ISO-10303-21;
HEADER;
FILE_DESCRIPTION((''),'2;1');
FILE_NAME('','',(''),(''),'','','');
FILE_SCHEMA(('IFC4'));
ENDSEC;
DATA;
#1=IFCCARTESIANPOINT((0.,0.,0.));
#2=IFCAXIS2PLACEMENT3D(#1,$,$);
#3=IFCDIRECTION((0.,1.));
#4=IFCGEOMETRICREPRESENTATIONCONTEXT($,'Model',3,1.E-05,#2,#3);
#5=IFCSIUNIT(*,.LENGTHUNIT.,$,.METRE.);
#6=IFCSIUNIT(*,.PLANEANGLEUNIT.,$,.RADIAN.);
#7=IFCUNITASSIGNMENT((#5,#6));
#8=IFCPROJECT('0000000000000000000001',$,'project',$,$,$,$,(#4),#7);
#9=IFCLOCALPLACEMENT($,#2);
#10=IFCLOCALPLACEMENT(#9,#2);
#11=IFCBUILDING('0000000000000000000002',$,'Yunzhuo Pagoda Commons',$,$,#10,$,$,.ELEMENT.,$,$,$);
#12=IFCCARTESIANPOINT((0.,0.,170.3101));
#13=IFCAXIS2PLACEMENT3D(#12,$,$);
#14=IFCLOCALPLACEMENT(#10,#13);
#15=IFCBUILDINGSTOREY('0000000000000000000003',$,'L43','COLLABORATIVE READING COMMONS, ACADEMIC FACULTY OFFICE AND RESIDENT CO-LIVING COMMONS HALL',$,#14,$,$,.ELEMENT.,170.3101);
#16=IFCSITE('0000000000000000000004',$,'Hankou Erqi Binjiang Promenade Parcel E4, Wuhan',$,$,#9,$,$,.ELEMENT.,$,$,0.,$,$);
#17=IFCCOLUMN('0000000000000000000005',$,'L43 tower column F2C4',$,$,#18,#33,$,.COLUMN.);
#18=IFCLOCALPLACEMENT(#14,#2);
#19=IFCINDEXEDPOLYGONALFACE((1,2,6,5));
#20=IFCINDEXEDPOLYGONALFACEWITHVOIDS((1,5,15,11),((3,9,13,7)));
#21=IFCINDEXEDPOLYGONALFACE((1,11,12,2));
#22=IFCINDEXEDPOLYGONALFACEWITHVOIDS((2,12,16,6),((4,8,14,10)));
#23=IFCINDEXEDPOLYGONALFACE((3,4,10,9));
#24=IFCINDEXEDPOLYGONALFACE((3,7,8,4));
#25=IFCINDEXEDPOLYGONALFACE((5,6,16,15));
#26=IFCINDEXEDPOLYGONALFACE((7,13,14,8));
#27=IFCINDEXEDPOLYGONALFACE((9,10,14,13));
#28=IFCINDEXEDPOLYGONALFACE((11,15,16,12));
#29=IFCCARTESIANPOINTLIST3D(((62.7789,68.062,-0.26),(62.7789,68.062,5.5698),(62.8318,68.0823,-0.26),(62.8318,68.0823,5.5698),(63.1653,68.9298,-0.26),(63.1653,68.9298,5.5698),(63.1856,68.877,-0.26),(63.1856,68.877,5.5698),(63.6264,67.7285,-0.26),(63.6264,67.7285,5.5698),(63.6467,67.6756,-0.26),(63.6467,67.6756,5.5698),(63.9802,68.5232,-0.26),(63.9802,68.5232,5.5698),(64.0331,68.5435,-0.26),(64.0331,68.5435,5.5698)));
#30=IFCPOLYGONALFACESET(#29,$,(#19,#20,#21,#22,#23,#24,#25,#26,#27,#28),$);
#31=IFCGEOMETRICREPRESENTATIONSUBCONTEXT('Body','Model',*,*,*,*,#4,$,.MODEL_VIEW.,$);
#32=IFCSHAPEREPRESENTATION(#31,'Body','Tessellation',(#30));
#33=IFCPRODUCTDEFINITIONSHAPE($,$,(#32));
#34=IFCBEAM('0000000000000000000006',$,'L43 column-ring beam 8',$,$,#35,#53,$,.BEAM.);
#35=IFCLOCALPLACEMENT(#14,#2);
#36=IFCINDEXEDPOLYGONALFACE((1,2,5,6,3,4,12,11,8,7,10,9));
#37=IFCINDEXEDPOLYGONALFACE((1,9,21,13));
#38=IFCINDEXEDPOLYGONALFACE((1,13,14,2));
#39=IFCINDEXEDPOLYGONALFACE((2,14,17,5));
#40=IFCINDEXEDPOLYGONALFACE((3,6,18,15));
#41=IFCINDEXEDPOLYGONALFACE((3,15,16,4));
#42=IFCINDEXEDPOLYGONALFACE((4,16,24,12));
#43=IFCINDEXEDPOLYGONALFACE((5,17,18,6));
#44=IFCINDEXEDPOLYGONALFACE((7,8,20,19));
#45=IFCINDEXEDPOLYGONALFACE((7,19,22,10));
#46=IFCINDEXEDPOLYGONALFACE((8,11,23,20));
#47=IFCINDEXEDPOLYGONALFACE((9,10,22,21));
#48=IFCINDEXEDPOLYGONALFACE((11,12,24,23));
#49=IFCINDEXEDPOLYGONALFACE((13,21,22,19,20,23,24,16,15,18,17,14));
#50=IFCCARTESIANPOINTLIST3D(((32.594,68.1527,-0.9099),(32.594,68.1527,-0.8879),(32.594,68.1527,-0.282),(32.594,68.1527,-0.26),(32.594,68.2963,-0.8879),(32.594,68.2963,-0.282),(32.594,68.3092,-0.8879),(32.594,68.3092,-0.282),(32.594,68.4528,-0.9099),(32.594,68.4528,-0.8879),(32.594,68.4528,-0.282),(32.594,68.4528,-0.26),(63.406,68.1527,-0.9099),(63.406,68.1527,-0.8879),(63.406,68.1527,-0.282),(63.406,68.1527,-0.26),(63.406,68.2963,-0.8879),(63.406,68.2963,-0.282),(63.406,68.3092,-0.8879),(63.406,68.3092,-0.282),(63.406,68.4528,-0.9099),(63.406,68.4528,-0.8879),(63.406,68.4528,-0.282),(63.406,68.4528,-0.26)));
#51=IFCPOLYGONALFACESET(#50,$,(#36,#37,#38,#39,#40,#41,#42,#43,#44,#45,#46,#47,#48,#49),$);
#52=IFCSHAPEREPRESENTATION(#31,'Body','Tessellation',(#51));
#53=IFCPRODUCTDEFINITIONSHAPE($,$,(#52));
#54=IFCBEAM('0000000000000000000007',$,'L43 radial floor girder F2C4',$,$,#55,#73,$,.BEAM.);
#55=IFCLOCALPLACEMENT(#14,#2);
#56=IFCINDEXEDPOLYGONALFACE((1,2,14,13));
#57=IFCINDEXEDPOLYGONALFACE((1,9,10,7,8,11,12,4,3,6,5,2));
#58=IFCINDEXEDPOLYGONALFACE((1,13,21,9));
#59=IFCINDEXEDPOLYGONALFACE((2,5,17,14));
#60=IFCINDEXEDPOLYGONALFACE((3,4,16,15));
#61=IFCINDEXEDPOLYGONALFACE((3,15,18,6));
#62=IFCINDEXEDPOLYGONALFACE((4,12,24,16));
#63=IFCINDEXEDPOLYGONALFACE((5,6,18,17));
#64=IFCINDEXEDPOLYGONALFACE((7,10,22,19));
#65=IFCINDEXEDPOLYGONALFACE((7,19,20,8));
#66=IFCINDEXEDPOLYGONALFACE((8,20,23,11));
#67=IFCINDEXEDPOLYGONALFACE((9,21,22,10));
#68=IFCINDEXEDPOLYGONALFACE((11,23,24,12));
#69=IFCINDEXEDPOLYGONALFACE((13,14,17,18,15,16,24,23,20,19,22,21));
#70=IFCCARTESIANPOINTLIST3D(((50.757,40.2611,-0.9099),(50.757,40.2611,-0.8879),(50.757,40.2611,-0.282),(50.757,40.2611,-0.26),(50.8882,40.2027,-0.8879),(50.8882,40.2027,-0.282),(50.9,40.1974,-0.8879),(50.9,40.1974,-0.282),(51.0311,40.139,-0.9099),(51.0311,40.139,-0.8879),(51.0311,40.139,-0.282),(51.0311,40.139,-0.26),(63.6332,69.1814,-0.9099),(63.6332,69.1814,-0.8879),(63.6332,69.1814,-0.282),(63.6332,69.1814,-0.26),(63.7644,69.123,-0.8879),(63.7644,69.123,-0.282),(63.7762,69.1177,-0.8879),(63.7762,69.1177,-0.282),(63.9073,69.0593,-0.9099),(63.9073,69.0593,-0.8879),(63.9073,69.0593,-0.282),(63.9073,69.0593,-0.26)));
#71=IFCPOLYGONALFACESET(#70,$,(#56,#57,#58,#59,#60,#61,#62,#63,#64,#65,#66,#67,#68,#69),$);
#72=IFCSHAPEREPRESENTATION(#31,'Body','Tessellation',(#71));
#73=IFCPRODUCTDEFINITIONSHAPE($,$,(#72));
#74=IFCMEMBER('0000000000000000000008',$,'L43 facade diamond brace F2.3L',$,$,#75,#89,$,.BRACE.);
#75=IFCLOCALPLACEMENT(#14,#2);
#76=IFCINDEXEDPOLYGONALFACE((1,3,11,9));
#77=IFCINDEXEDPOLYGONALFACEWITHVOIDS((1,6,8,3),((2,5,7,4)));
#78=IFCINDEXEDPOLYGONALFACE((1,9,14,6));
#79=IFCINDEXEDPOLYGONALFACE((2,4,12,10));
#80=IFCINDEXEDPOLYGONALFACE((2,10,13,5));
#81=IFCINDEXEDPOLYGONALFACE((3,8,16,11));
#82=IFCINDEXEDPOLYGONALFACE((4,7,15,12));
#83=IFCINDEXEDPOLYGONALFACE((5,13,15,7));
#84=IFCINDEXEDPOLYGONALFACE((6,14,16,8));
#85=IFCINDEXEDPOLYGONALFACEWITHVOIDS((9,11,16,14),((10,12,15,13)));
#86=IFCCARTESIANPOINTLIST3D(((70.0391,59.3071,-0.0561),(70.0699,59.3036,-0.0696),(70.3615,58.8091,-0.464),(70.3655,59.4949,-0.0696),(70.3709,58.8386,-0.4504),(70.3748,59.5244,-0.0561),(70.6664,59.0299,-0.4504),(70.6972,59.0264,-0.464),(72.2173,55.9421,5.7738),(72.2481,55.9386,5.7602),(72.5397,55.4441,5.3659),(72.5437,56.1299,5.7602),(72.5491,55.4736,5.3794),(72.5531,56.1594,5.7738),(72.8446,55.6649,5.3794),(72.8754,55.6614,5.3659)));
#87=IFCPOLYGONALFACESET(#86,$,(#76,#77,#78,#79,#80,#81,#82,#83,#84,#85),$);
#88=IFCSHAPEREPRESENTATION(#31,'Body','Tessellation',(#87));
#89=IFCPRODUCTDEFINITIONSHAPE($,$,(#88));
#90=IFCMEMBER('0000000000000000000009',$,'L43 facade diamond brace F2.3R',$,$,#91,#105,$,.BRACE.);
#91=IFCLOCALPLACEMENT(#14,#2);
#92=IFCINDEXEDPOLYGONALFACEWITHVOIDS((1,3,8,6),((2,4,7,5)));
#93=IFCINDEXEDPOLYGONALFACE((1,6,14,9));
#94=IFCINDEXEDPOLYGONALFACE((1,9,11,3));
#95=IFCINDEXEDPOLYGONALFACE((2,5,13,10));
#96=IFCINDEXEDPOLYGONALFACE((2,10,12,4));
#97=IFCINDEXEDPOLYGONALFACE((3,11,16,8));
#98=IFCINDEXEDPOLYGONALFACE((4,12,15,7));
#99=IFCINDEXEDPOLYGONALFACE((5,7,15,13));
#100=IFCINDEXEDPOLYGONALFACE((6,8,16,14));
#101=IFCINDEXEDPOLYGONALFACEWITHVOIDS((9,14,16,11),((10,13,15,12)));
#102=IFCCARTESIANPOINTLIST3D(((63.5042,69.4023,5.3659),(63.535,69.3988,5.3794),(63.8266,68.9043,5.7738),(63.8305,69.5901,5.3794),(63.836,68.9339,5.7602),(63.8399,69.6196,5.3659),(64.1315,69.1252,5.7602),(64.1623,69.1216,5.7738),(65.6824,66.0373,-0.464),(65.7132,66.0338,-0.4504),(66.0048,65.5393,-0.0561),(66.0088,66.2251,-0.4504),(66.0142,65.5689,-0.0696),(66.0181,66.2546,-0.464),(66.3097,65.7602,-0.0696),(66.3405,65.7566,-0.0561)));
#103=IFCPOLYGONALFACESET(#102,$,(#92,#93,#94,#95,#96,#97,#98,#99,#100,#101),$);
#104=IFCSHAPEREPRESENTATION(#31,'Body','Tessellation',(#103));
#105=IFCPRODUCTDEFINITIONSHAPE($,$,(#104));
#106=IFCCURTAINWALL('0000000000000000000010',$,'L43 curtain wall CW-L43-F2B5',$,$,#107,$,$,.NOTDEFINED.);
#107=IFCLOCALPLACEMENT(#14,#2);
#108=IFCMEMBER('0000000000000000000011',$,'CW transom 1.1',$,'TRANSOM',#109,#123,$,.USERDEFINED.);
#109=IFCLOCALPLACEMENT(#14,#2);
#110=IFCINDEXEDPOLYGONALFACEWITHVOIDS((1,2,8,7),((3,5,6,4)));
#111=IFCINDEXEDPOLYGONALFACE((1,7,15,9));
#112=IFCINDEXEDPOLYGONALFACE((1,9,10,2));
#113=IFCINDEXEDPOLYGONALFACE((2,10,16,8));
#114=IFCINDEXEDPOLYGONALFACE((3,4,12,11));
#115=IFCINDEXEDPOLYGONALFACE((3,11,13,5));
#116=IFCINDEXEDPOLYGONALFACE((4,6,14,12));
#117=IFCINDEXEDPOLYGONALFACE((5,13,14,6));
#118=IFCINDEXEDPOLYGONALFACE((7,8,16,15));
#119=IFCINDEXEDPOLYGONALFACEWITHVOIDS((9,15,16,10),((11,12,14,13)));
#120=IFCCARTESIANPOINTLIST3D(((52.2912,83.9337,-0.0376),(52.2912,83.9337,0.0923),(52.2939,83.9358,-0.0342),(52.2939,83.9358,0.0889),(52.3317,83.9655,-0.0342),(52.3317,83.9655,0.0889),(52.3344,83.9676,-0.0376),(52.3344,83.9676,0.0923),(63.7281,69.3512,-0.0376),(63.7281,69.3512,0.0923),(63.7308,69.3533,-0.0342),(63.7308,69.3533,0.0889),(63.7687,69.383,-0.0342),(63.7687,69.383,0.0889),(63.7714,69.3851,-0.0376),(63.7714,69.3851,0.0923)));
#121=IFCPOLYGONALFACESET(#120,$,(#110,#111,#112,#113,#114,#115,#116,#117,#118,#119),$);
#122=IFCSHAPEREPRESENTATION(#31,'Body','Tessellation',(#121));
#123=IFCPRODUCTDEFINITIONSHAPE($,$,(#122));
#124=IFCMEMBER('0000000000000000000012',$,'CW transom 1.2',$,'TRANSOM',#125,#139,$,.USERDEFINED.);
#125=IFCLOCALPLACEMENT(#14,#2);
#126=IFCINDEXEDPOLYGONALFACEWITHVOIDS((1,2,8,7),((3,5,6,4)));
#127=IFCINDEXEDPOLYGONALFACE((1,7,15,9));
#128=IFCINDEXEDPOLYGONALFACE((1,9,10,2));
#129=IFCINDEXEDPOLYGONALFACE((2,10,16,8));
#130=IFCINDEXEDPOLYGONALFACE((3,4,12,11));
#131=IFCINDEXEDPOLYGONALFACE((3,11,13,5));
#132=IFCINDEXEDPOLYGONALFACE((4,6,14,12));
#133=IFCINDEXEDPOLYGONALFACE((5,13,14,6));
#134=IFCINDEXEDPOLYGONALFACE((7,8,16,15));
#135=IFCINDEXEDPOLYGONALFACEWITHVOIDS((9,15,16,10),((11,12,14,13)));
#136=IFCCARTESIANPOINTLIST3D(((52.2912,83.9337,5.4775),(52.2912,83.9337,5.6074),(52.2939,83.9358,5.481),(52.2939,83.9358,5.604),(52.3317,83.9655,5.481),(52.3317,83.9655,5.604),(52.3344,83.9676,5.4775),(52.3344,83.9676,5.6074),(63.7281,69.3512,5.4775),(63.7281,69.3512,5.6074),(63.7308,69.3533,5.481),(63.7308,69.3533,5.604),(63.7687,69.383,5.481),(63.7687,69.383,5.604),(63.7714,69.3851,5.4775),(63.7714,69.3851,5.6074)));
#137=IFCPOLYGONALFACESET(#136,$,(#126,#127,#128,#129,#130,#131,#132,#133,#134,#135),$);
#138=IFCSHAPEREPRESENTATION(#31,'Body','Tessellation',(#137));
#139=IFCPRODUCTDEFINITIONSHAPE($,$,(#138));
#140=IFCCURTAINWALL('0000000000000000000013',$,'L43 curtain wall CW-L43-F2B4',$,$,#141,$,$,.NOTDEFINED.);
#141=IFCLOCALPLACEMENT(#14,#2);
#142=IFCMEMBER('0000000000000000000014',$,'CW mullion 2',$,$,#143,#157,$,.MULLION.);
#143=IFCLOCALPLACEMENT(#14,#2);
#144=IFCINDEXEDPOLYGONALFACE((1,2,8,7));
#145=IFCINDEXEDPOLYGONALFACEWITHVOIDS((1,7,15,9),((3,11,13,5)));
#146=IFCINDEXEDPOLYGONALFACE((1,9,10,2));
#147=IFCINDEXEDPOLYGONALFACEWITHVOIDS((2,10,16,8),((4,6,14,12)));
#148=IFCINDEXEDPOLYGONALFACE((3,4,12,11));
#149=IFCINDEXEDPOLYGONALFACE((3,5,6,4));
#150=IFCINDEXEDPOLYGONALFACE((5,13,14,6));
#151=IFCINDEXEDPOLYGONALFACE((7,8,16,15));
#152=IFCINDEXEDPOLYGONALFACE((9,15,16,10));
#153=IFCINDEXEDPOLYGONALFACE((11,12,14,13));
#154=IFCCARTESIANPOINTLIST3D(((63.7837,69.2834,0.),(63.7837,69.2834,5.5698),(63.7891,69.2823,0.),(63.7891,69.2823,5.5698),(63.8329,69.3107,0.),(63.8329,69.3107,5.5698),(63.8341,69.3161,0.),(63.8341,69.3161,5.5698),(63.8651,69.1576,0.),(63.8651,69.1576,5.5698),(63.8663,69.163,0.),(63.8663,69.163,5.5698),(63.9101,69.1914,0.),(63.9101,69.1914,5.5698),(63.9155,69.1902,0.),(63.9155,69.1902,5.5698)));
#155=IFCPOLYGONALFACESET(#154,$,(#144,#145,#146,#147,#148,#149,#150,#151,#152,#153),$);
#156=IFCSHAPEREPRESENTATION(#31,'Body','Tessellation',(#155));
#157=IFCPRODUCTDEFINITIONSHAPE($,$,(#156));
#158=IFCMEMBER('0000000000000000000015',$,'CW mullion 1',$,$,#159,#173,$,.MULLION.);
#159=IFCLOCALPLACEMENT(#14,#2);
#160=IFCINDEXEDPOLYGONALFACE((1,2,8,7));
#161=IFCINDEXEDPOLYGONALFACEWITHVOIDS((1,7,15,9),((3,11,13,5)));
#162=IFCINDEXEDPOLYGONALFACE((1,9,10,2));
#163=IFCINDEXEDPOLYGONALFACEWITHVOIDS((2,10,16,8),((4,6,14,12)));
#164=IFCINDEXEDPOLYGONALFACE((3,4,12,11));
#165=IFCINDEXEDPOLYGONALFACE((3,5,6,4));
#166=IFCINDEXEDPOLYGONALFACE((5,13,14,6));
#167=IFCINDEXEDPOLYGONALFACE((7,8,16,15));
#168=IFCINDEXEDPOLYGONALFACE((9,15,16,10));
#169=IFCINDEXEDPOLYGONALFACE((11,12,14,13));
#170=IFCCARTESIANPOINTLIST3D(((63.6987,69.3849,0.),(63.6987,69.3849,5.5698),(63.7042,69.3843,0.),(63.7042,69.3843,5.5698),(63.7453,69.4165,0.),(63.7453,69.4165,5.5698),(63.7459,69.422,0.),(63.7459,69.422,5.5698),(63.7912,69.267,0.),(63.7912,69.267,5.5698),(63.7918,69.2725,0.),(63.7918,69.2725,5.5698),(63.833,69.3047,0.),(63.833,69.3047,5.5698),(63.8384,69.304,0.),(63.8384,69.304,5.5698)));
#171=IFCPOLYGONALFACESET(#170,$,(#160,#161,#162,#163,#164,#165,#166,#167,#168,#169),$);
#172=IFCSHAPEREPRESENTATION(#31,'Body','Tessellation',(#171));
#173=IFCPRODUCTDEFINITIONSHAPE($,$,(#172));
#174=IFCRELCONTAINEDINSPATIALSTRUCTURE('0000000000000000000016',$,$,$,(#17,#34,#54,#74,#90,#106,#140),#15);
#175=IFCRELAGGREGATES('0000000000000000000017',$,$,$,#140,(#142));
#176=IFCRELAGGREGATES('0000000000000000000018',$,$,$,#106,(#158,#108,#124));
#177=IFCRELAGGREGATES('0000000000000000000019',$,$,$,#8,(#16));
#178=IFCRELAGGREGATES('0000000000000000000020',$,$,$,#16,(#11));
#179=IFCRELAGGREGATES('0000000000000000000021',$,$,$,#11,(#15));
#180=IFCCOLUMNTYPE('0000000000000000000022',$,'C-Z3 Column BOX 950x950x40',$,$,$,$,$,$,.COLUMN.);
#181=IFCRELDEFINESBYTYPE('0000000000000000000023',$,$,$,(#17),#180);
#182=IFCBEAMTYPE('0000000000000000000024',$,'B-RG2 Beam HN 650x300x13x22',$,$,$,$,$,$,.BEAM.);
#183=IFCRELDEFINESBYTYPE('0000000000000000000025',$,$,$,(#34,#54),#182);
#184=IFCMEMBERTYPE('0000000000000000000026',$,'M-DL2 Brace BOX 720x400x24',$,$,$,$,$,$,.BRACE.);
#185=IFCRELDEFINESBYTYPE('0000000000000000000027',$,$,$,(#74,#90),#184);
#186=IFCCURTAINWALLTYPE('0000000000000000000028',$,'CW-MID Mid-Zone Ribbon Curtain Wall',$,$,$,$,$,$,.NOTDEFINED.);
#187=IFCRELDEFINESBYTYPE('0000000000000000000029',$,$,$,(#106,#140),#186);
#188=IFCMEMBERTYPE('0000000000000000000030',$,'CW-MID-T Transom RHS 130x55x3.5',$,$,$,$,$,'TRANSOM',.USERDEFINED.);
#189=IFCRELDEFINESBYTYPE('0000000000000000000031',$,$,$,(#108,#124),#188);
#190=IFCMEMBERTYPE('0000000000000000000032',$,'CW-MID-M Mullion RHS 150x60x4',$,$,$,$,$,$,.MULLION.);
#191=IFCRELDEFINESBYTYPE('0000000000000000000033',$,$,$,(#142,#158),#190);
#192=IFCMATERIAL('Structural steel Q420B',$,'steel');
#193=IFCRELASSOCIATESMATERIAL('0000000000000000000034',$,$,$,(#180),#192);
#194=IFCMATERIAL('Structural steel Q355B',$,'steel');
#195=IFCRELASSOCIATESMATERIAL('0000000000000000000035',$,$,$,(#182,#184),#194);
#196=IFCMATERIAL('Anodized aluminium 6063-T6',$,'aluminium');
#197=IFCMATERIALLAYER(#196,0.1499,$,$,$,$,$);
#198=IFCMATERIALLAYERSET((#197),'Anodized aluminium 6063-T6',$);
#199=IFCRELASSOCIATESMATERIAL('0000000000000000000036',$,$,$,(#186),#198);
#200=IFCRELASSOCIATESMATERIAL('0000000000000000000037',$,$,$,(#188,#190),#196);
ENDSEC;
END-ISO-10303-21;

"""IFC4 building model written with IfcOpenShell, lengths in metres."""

from ifc_helpers import new_model, si_unit, direction, frame, origin, origin_2d, place, context, subcontext, project, spatial, hollow_rectangle, i_section, extrude, source, transform, mapped, material, layer, layer_set, material_profile, profile_set, type_object, element, aggregate, save


model = new_model("IFC4")

# Units and contexts
model_context = context("Model", 3, precision=1e-05, world=origin(), true_north=direction((0.0, 1.0)))
body_context = subcontext(model_context, "Body", "Model", "MODEL_VIEW")
ifc_project = project(units=[si_unit("LENGTHUNIT", "METRE"), si_unit("PLANEANGLEUNIT", "RADIAN")], contexts=[model_context])

# Site, building, storey
site_placement = place(None, origin())
site = spatial("IfcSite", under=ifc_project, at=site_placement, Name="Hankou Erqi Binjiang Promenade Parcel E4, Wuhan", CompositionType="ELEMENT", RefElevation=0.0)
building_placement = place(site_placement, origin())
building = spatial("IfcBuilding", under=site, at=building_placement, Name="Yunzhuo Pagoda Commons", CompositionType="ELEMENT")
storey_placement = place(building_placement, frame((0.0, 0.0, 170.3101)))
storey = spatial("IfcBuildingStorey", under=building, at=storey_placement, Name="L43", Description="COLLABORATIVE READING COMMONS, ACADEMIC FACULTY OFFICE AND RESIDENT CO-LIVING COMMONS HALL", CompositionType="ELEMENT", Elevation=170.3101)

# Column
ifc_material_1 = material(Name="Structural steel Q420B", Category="steel")
ifc_material_profile_1 = material_profile(ifc_material_1, hollow_rectangle(XDim=0.95, YDim=0.95, WallThickness=0.04, at=origin_2d()), Name="Structural steel Q420B")
ifc_profile_set_1 = profile_set([ifc_material_profile_1], Name="Structural steel Q420B")
column_type = type_object("IfcColumnType", Name="C-Z3 Column BOX 950x950x40", PredefinedType="COLUMN", material=ifc_profile_set_1)
shared_shape_1 = source(origin(), body_context, "Body", "SweptSolid", [
    extrude(hollow_rectangle(XDim=0.95, YDim=0.95, WallThickness=0.04, at=origin_2d()), origin(), (0.0, 0.0, 1.0), 5.8298),
])
column_placement = place(storey_placement, frame((63.406, 68.3027, -0.26), z_axis=(0.0, 0.0, 1.0), x_axis=(-0.913545, 0.406737, 0.0)))
element("IfcColumn", 1, at=column_placement, inside=storey, type_object=column_type, Name="L43 tower column F2C4", PredefinedType="COLUMN", context=body_context, shape_type="MappedRepresentation", body=[
    mapped(shared_shape_1, transform((0.0, 0.0, 0.0), scale=1.0)),
])

# Beams
ifc_material_2 = material(Name="Structural steel Q355B", Category="steel")
ifc_material_profile_2 = material_profile(ifc_material_2, i_section(OverallWidth=0.3, OverallDepth=0.6499, WebThickness=0.0129, FlangeThickness=0.022, at=origin_2d()), Name="Structural steel Q355B")
ifc_profile_set_2 = profile_set([ifc_material_profile_2], Name="Structural steel Q355B")
beam_type = type_object("IfcBeamType", Name="B-RG2 Beam HN 650x300x13x22", PredefinedType="BEAM", material=ifc_profile_set_2)
shared_shape_2 = source(origin(), body_context, "Body", "SweptSolid", [
    extrude(i_section(OverallWidth=0.3, OverallDepth=0.6499, WebThickness=0.0129, FlangeThickness=0.022, at=origin_2d()), origin(), (0.0, 0.0, 1.0), 30.812),
])
beam_1_placement = place(storey_placement, frame((63.406, 68.3027, -0.585), z_axis=(-1.0, 0.0, 0.0), x_axis=(0.0, -1.0, 0.0)))
element("IfcBeam", 2, at=beam_1_placement, inside=storey, type_object=beam_type, Name="L43 column-ring beam 8", PredefinedType="BEAM", context=body_context, shape_type="MappedRepresentation", body=[
    mapped(shared_shape_2, transform((0.0, 0.0, 0.0), scale=1.0)),
])
shared_shape_3 = source(origin(), body_context, "Body", "SweptSolid", [
    extrude(i_section(OverallWidth=0.3, OverallDepth=0.6499, WebThickness=0.0129, FlangeThickness=0.022, at=origin_2d()), origin(), (0.0, 0.0, 1.0), 31.6572),
])
beam_2_placement = place(storey_placement, frame((63.7703, 69.1204, -0.585), z_axis=(-0.406737, -0.913545, 0.0), x_axis=(0.913545, -0.406737, 0.0)))
element("IfcBeam", 3, at=beam_2_placement, inside=storey, type_object=beam_type, Name="L43 radial floor girder F2C4", PredefinedType="BEAM", context=body_context, shape_type="MappedRepresentation", body=[
    mapped(shared_shape_3, transform((0.0, 0.0, 0.0), scale=1.0)),
])

# Members
ifc_material_profile_3 = material_profile(ifc_material_2, hollow_rectangle(XDim=0.3999, YDim=0.72, WallThickness=0.0239, at=origin_2d()), Name="Structural steel Q355B")
ifc_profile_set_3 = profile_set([ifc_material_profile_3], Name="Structural steel Q355B")
member_type_1 = type_object("IfcMemberType", Name="M-DL2 Brace BOX 720x400x24", PredefinedType="BRACE", material=ifc_profile_set_3)
shared_shape_4 = source(origin(), body_context, "Body", "SweptSolid", [
    extrude(hollow_rectangle(XDim=0.3999, YDim=0.72, WallThickness=0.0239, at=origin_2d()), origin(), (0.0, 0.0, 1.0), 7.075),
])
for number, where, z_axis, x_axis, name in (
    (4, (70.3682, 59.1667, -0.26), (0.307879, -0.475621, 0.824012), (0.83947, 0.543405, 0.0), "L43 facade diamond brace F2.3L"),
    (5, (66.0115, 65.897, -0.26), (-0.307879, 0.475621, 0.824012), (-0.83947, -0.543405, 0.0), "L43 facade diamond brace F2.3R"),
):
    element("IfcMember", number, at=place(storey_placement, frame(where, z_axis=z_axis, x_axis=x_axis)), inside=storey, type_object=member_type_1, Name=name, PredefinedType="BRACE", context=body_context, shape_type="MappedRepresentation", body=[
        mapped(shared_shape_4, transform((0.0, 0.0, 0.0), scale=1.0)),
    ])

# Curtain wall, members
ifc_material_3 = material(Name="Anodized aluminium 6063-T6", Category="aluminium")
ifc_layer_1 = layer(ifc_material_3, 0.1499)
ifc_layer_set_1 = layer_set([ifc_layer_1], Name="Anodized aluminium 6063-T6")
curtain_wall_type = type_object("IfcCurtainWallType", Name="CW-MID Mid-Zone Ribbon Curtain Wall", PredefinedType="NOTDEFINED", material=ifc_layer_set_1)
curtain_wall_1_placement = place(storey_placement, origin())
curtain_wall_1 = element("IfcCurtainWall", 6, at=curtain_wall_1_placement, inside=storey, type_object=curtain_wall_type, Name="L43 curtain wall CW-L43-F2B5", PredefinedType="NOTDEFINED")
ifc_material_profile_4 = material_profile(ifc_material_3, hollow_rectangle(XDim=0.0549, YDim=0.1299, WallThickness=0.0034, at=origin_2d()), Name="Anodized aluminium 6063-T6")
ifc_profile_set_4 = profile_set([ifc_material_profile_4], Name="Anodized aluminium 6063-T6")
member_type_2 = type_object("IfcMemberType", Name="CW-MID-T Transom RHS 130x55x3.5", ElementType="TRANSOM", PredefinedType="USERDEFINED", material=ifc_profile_set_4)
shared_shape_5 = source(origin(), body_context, "Body", "SweptSolid", [
    extrude(hollow_rectangle(XDim=0.0549, YDim=0.1299, WallThickness=0.0034, at=origin_2d()), origin(), (0.0, 0.0, 1.0), 18.5325),
])
member_1_placement = place(storey_placement, frame((63.7498, 69.3682, 0.0273), z_axis=(-0.617131, 0.78686, 0.0), x_axis=(-0.78686, -0.617131, 0.0)))
member_1 = element("IfcMember", 7, at=member_1_placement, type_object=member_type_2, Name="CW transom 1.1", ObjectType="TRANSOM", PredefinedType="USERDEFINED", context=body_context, shape_type="MappedRepresentation", body=[
    mapped(shared_shape_5, transform((0.0, 0.0, 0.0), scale=1.0)),
])
member_2_placement = place(storey_placement, frame((63.7498, 69.3682, 5.5425), z_axis=(-0.617131, 0.78686, 0.0), x_axis=(-0.78686, -0.617131, 0.0)))
member_2 = element("IfcMember", 8, at=member_2_placement, type_object=member_type_2, Name="CW transom 1.2", ObjectType="TRANSOM", PredefinedType="USERDEFINED", context=body_context, shape_type="MappedRepresentation", body=[
    mapped(shared_shape_5, transform((0.0, 0.0, 0.0), scale=1.0)),
])

# Curtain wall, member
curtain_wall_2_placement = place(storey_placement, origin())
curtain_wall_2 = element("IfcCurtainWall", 9, at=curtain_wall_2_placement, inside=storey, type_object=curtain_wall_type, Name="L43 curtain wall CW-L43-F2B4", PredefinedType="NOTDEFINED")
ifc_material_profile_5 = material_profile(ifc_material_3, hollow_rectangle(XDim=0.0601, YDim=0.1499, WallThickness=0.0039, at=origin_2d()), Name="Anodized aluminium 6063-T6")
ifc_profile_set_5 = profile_set([ifc_material_profile_5], Name="Anodized aluminium 6063-T6")
member_type_3 = type_object("IfcMemberType", Name="CW-MID-M Mullion RHS 150x60x4", PredefinedType="MULLION", material=ifc_profile_set_5)
shared_shape_6 = source(origin(), body_context, "Body", "SweptSolid", [
    extrude(hollow_rectangle(XDim=0.0601, YDim=0.1499, WallThickness=0.0039, at=origin_2d()), origin(), (0.0, 0.0, 1.0), 5.5698),
])
member_3_placement = place(storey_placement, frame((63.8496, 69.2368, 0.0), z_axis=(0.0, 0.0, 1.0), x_axis=(-0.839466, -0.543412, 0.0)))
member_3 = element("IfcMember", 10, at=member_3_placement, type_object=member_type_3, Name="CW mullion 2", PredefinedType="MULLION", context=body_context, shape_type="MappedRepresentation", body=[
    mapped(shared_shape_6, transform((0.0, 0.0, 0.0), scale=1.0)),
])

# Member
member_4_placement = place(storey_placement, frame((63.7686, 69.3445, 0.0), z_axis=(0.0, 0.0, 1.0), x_axis=(-0.786855, -0.617138, 0.0)))
member_4 = element("IfcMember", 11, at=member_4_placement, type_object=member_type_3, Name="CW mullion 1", PredefinedType="MULLION", context=body_context, shape_type="MappedRepresentation", body=[
    mapped(shared_shape_6, transform((0.0, 0.0, 0.0), scale=1.0)),
])

aggregate(curtain_wall_2, [member_3])
aggregate(curtain_wall_1, [member_4, member_1, member_2])

save(model, "model.ifc")
